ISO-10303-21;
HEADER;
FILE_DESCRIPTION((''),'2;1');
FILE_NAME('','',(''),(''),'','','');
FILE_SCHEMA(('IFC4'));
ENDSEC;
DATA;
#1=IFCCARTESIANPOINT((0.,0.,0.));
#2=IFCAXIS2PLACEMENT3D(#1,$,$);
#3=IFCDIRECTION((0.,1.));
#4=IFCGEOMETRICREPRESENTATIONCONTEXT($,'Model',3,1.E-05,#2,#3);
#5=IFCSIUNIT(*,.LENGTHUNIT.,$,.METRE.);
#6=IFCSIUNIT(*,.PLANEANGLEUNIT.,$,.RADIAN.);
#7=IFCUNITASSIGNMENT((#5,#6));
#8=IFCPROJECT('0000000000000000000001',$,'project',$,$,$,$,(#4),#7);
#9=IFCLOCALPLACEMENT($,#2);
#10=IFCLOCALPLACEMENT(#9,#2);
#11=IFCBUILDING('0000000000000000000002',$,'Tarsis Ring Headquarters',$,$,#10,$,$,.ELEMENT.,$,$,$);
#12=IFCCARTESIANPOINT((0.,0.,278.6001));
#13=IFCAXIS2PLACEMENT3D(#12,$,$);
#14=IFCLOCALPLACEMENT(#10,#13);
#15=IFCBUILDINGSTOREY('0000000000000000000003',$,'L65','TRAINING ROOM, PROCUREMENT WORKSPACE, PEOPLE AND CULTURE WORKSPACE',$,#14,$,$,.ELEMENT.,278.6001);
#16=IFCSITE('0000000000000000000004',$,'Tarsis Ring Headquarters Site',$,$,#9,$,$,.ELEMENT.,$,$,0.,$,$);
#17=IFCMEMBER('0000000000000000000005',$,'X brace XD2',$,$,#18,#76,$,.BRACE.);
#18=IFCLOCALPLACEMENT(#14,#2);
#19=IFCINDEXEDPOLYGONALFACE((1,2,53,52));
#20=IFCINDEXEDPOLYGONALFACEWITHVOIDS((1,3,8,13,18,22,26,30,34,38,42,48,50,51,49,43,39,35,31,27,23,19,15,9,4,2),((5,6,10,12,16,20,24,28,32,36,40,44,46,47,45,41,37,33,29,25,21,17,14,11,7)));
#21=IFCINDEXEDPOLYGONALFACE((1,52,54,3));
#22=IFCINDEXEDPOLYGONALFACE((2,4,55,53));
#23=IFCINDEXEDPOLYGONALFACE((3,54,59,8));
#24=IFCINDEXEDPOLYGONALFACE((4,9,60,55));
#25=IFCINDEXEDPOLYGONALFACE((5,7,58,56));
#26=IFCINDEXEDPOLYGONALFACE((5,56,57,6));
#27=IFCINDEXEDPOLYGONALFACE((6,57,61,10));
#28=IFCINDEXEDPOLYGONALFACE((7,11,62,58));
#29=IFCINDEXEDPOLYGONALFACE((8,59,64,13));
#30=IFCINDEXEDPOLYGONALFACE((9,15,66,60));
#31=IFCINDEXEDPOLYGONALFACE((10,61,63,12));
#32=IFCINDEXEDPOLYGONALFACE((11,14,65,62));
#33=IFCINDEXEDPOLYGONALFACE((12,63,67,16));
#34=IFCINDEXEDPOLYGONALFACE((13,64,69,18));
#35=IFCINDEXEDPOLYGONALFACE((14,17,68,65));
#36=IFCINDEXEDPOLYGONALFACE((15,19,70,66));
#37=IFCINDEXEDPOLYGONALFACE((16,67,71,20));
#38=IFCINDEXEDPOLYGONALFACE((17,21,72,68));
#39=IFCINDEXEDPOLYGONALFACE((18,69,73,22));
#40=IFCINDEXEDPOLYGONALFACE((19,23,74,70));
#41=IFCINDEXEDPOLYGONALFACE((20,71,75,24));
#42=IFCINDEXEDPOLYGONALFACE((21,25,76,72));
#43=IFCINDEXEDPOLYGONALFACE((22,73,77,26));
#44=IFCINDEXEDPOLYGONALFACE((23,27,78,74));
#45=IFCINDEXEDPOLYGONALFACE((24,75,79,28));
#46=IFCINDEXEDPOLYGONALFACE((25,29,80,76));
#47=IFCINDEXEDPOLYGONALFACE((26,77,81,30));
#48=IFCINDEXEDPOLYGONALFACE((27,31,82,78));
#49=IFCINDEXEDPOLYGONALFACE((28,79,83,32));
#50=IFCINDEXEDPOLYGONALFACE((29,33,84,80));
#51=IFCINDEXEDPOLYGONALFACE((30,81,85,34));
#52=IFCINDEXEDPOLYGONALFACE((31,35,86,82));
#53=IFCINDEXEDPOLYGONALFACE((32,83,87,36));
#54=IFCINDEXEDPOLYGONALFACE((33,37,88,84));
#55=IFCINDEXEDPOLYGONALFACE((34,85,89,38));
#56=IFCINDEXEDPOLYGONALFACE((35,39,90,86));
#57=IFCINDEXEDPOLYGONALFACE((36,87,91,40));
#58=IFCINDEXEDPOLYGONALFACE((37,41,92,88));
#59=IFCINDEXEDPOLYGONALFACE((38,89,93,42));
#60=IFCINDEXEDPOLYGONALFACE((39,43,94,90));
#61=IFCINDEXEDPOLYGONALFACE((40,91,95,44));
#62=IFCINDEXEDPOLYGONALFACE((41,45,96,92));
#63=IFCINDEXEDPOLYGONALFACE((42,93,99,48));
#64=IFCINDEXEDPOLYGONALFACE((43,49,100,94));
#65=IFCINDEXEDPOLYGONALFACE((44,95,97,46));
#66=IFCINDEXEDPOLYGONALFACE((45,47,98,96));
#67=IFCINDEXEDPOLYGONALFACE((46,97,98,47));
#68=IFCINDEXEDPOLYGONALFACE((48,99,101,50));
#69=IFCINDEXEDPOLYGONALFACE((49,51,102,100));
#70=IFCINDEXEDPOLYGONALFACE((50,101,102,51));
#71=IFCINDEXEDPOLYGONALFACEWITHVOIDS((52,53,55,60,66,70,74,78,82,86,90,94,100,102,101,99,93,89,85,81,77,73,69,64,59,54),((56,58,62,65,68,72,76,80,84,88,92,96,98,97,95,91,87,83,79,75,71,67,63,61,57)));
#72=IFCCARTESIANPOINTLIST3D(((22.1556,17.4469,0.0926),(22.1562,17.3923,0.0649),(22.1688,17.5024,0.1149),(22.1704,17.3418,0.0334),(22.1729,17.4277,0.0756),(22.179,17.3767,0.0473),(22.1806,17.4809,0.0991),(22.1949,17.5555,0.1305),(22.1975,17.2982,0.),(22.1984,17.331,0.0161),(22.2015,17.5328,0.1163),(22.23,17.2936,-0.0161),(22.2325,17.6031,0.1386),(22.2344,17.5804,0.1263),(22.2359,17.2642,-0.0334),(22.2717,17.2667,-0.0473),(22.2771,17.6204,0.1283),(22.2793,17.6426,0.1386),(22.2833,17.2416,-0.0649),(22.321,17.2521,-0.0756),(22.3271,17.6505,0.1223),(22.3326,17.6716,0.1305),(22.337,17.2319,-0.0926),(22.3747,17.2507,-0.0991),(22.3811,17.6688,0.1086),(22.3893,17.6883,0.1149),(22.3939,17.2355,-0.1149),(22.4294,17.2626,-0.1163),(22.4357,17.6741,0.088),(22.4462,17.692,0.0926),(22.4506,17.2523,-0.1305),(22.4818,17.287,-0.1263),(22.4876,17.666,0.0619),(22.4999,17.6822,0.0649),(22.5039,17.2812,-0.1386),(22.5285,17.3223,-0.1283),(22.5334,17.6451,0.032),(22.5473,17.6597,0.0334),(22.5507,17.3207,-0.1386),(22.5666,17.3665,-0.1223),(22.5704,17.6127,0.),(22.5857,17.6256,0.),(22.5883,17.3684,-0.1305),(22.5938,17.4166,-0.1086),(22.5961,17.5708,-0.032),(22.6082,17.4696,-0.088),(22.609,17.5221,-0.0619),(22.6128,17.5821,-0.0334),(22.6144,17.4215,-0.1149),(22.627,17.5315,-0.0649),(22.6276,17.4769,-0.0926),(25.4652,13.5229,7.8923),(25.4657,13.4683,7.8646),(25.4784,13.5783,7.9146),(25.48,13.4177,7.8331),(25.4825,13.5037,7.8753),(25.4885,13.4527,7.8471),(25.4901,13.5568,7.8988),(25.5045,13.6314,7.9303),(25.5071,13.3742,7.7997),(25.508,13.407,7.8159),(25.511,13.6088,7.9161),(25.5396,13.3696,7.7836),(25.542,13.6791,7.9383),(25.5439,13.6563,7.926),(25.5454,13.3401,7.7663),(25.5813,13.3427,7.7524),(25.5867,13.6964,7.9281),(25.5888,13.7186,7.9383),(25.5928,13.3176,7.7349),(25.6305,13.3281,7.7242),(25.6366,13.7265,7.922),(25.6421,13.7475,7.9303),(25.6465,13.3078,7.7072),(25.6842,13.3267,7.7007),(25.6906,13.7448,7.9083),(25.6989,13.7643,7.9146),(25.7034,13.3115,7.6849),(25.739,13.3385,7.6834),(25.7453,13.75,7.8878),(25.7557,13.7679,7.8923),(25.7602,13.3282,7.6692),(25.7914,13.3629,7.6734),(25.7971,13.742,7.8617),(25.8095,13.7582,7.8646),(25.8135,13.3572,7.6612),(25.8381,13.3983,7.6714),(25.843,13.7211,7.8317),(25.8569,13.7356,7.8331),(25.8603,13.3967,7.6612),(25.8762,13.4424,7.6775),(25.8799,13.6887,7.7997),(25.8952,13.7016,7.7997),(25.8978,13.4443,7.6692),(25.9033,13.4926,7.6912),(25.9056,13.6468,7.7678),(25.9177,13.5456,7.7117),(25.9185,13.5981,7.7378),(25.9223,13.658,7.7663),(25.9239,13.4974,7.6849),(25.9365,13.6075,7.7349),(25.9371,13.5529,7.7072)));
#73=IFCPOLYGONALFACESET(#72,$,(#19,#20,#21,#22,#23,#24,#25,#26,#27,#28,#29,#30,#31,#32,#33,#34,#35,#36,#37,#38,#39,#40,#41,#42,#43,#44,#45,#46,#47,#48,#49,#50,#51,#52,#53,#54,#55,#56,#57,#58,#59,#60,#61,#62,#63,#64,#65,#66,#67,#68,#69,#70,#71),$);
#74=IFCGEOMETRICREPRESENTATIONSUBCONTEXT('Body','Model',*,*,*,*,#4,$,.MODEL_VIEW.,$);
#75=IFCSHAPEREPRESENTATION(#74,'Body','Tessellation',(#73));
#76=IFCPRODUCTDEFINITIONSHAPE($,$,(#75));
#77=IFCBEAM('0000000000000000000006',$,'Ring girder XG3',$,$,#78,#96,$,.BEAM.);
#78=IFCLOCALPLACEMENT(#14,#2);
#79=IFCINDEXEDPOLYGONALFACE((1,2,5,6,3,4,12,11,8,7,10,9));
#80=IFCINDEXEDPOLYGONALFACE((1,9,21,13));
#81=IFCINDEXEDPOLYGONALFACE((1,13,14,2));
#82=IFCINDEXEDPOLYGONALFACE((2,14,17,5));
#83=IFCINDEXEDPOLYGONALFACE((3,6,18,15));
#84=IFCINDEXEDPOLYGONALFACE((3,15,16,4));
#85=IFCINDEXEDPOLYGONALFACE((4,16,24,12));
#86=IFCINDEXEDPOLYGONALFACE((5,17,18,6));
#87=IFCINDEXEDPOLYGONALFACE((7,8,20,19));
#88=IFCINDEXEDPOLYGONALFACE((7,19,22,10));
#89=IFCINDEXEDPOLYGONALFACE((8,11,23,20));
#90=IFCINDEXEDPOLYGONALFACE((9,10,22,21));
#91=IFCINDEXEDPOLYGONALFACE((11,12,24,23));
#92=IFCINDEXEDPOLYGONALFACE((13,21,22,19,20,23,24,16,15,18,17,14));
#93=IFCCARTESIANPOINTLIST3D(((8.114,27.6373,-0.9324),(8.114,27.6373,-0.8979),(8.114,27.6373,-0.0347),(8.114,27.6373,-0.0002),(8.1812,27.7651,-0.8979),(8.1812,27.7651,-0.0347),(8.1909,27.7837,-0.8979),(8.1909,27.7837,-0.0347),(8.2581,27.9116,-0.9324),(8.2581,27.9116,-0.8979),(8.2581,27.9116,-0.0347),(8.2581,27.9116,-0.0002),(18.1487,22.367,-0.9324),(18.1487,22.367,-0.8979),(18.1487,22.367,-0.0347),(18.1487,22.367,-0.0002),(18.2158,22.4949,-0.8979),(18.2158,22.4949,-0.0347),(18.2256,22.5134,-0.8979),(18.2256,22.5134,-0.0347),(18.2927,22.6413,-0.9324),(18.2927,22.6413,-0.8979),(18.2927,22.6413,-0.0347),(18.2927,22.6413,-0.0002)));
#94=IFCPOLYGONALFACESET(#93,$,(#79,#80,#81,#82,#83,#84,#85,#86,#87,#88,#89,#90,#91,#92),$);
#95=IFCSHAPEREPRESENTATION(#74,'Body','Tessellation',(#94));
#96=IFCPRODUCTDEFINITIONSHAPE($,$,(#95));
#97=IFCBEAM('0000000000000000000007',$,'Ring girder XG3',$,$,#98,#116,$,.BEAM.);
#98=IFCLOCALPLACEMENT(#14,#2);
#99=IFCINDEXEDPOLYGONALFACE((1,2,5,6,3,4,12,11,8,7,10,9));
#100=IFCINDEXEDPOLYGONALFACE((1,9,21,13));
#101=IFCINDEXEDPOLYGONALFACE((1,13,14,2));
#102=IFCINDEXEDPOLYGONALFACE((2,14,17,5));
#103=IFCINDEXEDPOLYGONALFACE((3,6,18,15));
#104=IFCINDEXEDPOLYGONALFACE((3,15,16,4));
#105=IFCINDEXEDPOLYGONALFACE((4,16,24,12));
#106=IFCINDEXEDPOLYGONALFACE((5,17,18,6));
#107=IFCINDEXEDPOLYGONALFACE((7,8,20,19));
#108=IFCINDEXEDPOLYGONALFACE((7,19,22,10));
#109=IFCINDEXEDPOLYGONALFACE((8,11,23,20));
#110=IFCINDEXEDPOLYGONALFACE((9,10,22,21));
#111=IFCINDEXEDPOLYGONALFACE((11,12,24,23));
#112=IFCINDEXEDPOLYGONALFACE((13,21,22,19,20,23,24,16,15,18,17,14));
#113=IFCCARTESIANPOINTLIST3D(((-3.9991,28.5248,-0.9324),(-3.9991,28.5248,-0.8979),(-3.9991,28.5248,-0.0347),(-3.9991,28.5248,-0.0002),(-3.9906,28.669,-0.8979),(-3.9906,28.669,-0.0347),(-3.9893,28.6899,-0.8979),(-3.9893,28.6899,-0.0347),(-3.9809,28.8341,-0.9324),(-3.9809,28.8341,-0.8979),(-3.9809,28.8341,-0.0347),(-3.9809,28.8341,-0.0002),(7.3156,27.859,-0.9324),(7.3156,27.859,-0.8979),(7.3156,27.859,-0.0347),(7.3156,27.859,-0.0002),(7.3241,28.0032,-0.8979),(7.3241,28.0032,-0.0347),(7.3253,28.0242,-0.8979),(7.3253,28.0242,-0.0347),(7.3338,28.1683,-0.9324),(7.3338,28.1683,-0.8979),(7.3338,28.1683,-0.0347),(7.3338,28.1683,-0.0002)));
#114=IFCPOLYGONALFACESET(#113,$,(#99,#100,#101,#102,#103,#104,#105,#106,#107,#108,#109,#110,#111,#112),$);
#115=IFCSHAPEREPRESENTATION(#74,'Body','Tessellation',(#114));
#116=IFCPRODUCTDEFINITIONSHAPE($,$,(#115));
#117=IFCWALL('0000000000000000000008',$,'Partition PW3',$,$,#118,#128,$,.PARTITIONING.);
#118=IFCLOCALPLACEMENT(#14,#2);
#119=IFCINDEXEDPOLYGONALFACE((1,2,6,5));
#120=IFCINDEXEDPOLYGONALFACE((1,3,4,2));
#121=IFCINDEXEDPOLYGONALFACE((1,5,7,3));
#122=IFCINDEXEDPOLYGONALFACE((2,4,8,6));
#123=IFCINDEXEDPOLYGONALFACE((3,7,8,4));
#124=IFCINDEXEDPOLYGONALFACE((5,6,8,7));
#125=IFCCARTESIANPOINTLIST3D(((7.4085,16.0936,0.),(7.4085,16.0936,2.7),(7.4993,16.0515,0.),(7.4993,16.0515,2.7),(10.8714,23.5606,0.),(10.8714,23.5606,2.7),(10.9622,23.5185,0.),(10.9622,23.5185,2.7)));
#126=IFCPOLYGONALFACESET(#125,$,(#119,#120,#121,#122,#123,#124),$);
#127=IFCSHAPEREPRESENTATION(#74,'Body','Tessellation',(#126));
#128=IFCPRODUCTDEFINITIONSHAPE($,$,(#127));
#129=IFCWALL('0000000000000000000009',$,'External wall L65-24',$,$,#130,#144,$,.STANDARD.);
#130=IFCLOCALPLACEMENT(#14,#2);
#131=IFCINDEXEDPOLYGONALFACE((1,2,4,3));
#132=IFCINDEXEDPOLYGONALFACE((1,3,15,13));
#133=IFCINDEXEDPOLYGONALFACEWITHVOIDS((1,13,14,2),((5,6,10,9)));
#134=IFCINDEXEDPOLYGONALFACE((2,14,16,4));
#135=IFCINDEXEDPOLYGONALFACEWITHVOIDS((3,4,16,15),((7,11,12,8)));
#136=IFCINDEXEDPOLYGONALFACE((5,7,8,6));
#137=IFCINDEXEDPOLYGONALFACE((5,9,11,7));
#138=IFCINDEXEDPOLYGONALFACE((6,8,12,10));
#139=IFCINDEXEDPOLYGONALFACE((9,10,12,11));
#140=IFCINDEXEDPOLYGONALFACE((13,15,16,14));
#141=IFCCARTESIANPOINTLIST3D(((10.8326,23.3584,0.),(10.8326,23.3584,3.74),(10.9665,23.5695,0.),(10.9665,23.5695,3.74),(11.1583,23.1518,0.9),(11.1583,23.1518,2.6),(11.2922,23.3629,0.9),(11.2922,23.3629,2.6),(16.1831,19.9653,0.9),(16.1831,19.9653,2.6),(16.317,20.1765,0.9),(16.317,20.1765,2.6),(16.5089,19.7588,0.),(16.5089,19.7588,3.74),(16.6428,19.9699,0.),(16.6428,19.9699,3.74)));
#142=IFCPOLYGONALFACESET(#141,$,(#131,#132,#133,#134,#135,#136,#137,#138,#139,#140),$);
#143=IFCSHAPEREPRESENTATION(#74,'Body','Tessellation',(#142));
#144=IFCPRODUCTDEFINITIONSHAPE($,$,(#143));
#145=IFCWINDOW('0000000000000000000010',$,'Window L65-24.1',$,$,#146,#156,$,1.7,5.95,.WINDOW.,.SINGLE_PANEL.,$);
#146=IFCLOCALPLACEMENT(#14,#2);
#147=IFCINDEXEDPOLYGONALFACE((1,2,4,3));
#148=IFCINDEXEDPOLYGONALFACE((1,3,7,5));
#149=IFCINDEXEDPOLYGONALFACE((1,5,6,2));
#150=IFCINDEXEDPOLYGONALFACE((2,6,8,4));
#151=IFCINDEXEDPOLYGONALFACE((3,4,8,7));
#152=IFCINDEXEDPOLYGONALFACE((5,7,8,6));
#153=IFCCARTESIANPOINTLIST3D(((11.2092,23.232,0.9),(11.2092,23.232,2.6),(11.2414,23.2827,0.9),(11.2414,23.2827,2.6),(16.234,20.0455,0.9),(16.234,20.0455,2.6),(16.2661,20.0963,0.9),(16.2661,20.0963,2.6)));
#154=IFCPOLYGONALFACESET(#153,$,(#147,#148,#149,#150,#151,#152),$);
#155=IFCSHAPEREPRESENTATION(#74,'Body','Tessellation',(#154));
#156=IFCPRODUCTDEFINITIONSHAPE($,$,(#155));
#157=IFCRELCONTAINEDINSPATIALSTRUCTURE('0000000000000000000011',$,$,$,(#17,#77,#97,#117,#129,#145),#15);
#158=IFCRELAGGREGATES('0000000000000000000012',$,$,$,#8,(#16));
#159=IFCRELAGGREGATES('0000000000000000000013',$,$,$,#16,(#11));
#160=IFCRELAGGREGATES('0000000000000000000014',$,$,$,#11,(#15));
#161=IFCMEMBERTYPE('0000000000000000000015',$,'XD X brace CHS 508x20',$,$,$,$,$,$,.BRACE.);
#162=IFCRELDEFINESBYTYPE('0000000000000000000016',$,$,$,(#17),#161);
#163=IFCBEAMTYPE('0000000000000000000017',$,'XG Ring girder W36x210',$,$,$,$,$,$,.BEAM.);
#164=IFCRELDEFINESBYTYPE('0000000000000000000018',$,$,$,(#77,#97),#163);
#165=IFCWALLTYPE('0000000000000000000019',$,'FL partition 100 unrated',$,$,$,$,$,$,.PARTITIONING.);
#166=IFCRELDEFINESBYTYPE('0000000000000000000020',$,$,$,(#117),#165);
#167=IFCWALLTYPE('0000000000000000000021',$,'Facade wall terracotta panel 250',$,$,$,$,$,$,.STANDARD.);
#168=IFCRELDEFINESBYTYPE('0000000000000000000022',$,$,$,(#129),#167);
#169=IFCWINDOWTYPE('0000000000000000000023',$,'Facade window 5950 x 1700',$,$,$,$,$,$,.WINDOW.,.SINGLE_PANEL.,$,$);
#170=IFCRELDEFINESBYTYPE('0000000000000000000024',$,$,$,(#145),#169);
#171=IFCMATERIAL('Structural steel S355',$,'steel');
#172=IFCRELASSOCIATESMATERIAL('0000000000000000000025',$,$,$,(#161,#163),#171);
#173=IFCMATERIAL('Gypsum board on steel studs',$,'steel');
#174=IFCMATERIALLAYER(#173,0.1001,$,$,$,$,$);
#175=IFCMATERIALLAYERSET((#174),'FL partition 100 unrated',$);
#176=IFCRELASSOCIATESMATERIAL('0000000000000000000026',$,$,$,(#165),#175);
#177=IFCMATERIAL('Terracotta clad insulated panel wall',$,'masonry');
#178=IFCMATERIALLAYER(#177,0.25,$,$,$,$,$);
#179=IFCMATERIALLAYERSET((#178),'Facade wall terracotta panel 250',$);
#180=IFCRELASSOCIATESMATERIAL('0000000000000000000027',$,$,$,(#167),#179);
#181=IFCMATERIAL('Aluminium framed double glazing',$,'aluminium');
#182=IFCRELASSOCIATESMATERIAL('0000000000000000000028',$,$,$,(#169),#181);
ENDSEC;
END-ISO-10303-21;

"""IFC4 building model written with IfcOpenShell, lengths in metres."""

from ifc_helpers import new_model, si_unit, direction, frame, frame_2d, origin, origin_2d, place, context, subcontext, project, spatial, rectangle, hollow_circle, i_section, extrude, material, layer, layer_set, material_profile, profile_set, type_object, element, fill, save


model = new_model("IFC4")

# Units and contexts
model_context = context("Model", 3, precision=1e-05, world=origin(), true_north=direction((0.0, 1.0)))
body_context = subcontext(model_context, "Body", "Model", "MODEL_VIEW")
ifc_project = project(units=[si_unit("LENGTHUNIT", "METRE"), si_unit("PLANEANGLEUNIT", "RADIAN")], contexts=[model_context])

# Site, building, storey
site_placement = place(None, origin())
site = spatial("IfcSite", under=ifc_project, at=site_placement, Name="Tarsis Ring Headquarters Site", CompositionType="ELEMENT", RefElevation=0.0)
building_placement = place(site_placement, origin())
building = spatial("IfcBuilding", under=site, at=building_placement, Name="Tarsis Ring Headquarters", CompositionType="ELEMENT")
storey_placement = place(building_placement, frame((0.0, 0.0, 278.6001)))
storey = spatial("IfcBuildingStorey", under=building, at=storey_placement, Name="L65", Description="TRAINING ROOM, PROCUREMENT WORKSPACE, PEOPLE AND CULTURE WORKSPACE", CompositionType="ELEMENT", Elevation=278.6001)

# Shared definitions
ifc_material_1 = material(Name="Structural steel S355", Category="steel")

# Member
ifc_material_profile_1 = material_profile(ifc_material_1, hollow_circle(Radius=0.2539, WallThickness=0.02, at=origin_2d()), Name="CHS 508x20")
ifc_profile_set_1 = profile_set([ifc_material_profile_1], Name="Structural steel S355")
member_type = type_object("IfcMemberType", Name="XD X brace CHS 508x20", PredefinedType="BRACE", material=ifc_profile_set_1)
member_1_placement = place(storey_placement, frame((22.3916, 17.4619, 0.0), z_axis=(0.354439, -0.42025, 0.835322), x_axis=(0.764423, 0.644716, 0.0)))
element("IfcMember", 1, at=member_1_placement, inside=storey, type_object=member_type, Name="X brace XD2", PredefinedType="BRACE", context=body_context, shape_type="SweptSolid", body=[
    extrude(hollow_circle(Radius=0.2539, WallThickness=0.02, at=origin_2d()), origin(), (0.0, 0.0, 1.0), 9.3374),
])

# Beams
ifc_material_profile_2 = material_profile(ifc_material_1, i_section(OverallWidth=0.3098, OverallDepth=0.9321, WebThickness=0.021, FlangeThickness=0.0344, at=origin_2d()), Name="W36x210")
ifc_profile_set_2 = profile_set([ifc_material_profile_2], Name="Structural steel S355")
beam_type_1 = type_object("IfcBeamType", Name="XG Ring girder W36x210", PredefinedType="BEAM", material=ifc_profile_set_2)
beam_1_placement = place(storey_placement, frame((18.2207, 22.5042, -0.4663), z_axis=(-0.885323, 0.464977, 0.0), x_axis=(-0.464977, -0.885323, 0.0)))
element("IfcBeam", 2, at=beam_1_placement, inside=storey, type_object=beam_type_1, Name="Ring girder XG3", PredefinedType="BEAM", context=body_context, shape_type="SweptSolid", body=[
    extrude(i_section(OverallWidth=0.3098, OverallDepth=0.9321, WebThickness=0.021, FlangeThickness=0.0344, at=origin_2d()), origin(), (0.0, 0.0, 1.0), 11.3345),
])
beam_2_placement = place(storey_placement, frame((7.3247, 28.0137, -0.4663), z_axis=(-0.998273, 0.05874, 0.0), x_axis=(-0.05874, -0.998273, 0.0)))
element("IfcBeam", 3, at=beam_2_placement, inside=storey, type_object=beam_type_1, Name="Ring girder XG3", PredefinedType="BEAM", context=body_context, shape_type="SweptSolid", body=[
    extrude(i_section(OverallWidth=0.3098, OverallDepth=0.9321, WebThickness=0.021, FlangeThickness=0.0344, at=origin_2d()), origin(), (0.0, 0.0, 1.0), 11.3342),
])

# Wall
ifc_material_2 = material(Name="Gypsum board on steel studs", Category="steel")
ifc_layer_1 = layer(ifc_material_2, 0.1001)
ifc_layer_set_1 = layer_set([ifc_layer_1], Name="FL partition 100 unrated")
wall_type_1 = type_object("IfcWallType", Name="FL partition 100 unrated", PredefinedType="PARTITIONING", material=ifc_layer_set_1)
wall_1_placement = place(storey_placement, frame((7.4539, 16.0725, 0.0), z_axis=(0.0, 0.0, 1.0), x_axis=(0.420716, 0.907192, 0.0)))
element("IfcWall", 4, at=wall_1_placement, inside=storey, type_object=wall_type_1, Name="Partition PW3", PredefinedType="PARTITIONING", context=body_context, shape_type="SweptSolid", body=[
    extrude(rectangle(XDim=8.231, YDim=0.1001, at=frame_2d((4.1155, 0.0))), origin(), (0.0, 0.0, 1.0), 2.7),
])

# Wall, opening, window
ifc_material_3 = material(Name="Terracotta clad insulated panel wall", Category="masonry")
ifc_layer_2 = layer(ifc_material_3, 0.25)
ifc_layer_set_2 = layer_set([ifc_layer_2], Name="Facade wall terracotta panel 250")
wall_type_2 = type_object("IfcWallType", Name="Facade wall terracotta panel 250", PredefinedType="STANDARD", material=ifc_layer_set_2)
wall_2_placement = place(storey_placement, frame((16.5759, 19.8643, 0.0), z_axis=(0.0, 0.0, 1.0), x_axis=(-0.844507, 0.535545, 0.0)))
wall_2 = element("IfcWall", 5, at=wall_2_placement, inside=storey, type_object=wall_type_2, Name="External wall L65-24", PredefinedType="STANDARD", context=body_context, shape_type="SweptSolid", body=[
    extrude(rectangle(XDim=6.7214, YDim=0.25, at=frame_2d((3.3608, 0.0))), origin(), (0.0, 0.0, 1.0), 3.74),
])
opening_1_placement = place(wall_2_placement, frame((0.3857, 0.0, 0.8999)))
opening_1 = element("IfcOpeningElement", 6, at=opening_1_placement, cuts=wall_2, PredefinedType="OPENING", context=body_context, shape_type="SweptSolid", body=[
    extrude(rectangle(XDim=5.95, YDim=1.7, at=frame_2d((2.9751, 0.8501))), frame((0.0, 0.135, 0.0), z_axis=(0.0, -1.0, 0.0), x_axis=(1.0, 0.0, 0.0)), (0.0, 0.0, 1.0), 0.27),
])
ifc_material_4 = material(Name="Aluminium framed double glazing", Category="aluminium")
window_type = type_object("IfcWindowType", Name="Facade window 5950 x 1700", PartitioningType="SINGLE_PANEL", PredefinedType="WINDOW", material=ifc_material_4)
window_1_placement = place(opening_1_placement, origin())
window_1 = element("IfcWindow", 7, at=window_1_placement, inside=storey, type_object=window_type, Name="Window L65-24.1", OverallHeight=1.7, OverallWidth=5.95, PartitioningType="SINGLE_PANEL", PredefinedType="WINDOW", context=body_context, shape_type="SweptSolid", body=[
    extrude(rectangle(XDim=5.95, YDim=1.7, at=frame_2d((2.9751, 0.8501))), frame((0.0, 0.03, 0.0), z_axis=(0.0, -1.0, 0.0), x_axis=(1.0, 0.0, 0.0)), (0.0, 0.0, 1.0), 0.0601),
])
fill(opening_1, window_1)

save(model, "model.ifc")
